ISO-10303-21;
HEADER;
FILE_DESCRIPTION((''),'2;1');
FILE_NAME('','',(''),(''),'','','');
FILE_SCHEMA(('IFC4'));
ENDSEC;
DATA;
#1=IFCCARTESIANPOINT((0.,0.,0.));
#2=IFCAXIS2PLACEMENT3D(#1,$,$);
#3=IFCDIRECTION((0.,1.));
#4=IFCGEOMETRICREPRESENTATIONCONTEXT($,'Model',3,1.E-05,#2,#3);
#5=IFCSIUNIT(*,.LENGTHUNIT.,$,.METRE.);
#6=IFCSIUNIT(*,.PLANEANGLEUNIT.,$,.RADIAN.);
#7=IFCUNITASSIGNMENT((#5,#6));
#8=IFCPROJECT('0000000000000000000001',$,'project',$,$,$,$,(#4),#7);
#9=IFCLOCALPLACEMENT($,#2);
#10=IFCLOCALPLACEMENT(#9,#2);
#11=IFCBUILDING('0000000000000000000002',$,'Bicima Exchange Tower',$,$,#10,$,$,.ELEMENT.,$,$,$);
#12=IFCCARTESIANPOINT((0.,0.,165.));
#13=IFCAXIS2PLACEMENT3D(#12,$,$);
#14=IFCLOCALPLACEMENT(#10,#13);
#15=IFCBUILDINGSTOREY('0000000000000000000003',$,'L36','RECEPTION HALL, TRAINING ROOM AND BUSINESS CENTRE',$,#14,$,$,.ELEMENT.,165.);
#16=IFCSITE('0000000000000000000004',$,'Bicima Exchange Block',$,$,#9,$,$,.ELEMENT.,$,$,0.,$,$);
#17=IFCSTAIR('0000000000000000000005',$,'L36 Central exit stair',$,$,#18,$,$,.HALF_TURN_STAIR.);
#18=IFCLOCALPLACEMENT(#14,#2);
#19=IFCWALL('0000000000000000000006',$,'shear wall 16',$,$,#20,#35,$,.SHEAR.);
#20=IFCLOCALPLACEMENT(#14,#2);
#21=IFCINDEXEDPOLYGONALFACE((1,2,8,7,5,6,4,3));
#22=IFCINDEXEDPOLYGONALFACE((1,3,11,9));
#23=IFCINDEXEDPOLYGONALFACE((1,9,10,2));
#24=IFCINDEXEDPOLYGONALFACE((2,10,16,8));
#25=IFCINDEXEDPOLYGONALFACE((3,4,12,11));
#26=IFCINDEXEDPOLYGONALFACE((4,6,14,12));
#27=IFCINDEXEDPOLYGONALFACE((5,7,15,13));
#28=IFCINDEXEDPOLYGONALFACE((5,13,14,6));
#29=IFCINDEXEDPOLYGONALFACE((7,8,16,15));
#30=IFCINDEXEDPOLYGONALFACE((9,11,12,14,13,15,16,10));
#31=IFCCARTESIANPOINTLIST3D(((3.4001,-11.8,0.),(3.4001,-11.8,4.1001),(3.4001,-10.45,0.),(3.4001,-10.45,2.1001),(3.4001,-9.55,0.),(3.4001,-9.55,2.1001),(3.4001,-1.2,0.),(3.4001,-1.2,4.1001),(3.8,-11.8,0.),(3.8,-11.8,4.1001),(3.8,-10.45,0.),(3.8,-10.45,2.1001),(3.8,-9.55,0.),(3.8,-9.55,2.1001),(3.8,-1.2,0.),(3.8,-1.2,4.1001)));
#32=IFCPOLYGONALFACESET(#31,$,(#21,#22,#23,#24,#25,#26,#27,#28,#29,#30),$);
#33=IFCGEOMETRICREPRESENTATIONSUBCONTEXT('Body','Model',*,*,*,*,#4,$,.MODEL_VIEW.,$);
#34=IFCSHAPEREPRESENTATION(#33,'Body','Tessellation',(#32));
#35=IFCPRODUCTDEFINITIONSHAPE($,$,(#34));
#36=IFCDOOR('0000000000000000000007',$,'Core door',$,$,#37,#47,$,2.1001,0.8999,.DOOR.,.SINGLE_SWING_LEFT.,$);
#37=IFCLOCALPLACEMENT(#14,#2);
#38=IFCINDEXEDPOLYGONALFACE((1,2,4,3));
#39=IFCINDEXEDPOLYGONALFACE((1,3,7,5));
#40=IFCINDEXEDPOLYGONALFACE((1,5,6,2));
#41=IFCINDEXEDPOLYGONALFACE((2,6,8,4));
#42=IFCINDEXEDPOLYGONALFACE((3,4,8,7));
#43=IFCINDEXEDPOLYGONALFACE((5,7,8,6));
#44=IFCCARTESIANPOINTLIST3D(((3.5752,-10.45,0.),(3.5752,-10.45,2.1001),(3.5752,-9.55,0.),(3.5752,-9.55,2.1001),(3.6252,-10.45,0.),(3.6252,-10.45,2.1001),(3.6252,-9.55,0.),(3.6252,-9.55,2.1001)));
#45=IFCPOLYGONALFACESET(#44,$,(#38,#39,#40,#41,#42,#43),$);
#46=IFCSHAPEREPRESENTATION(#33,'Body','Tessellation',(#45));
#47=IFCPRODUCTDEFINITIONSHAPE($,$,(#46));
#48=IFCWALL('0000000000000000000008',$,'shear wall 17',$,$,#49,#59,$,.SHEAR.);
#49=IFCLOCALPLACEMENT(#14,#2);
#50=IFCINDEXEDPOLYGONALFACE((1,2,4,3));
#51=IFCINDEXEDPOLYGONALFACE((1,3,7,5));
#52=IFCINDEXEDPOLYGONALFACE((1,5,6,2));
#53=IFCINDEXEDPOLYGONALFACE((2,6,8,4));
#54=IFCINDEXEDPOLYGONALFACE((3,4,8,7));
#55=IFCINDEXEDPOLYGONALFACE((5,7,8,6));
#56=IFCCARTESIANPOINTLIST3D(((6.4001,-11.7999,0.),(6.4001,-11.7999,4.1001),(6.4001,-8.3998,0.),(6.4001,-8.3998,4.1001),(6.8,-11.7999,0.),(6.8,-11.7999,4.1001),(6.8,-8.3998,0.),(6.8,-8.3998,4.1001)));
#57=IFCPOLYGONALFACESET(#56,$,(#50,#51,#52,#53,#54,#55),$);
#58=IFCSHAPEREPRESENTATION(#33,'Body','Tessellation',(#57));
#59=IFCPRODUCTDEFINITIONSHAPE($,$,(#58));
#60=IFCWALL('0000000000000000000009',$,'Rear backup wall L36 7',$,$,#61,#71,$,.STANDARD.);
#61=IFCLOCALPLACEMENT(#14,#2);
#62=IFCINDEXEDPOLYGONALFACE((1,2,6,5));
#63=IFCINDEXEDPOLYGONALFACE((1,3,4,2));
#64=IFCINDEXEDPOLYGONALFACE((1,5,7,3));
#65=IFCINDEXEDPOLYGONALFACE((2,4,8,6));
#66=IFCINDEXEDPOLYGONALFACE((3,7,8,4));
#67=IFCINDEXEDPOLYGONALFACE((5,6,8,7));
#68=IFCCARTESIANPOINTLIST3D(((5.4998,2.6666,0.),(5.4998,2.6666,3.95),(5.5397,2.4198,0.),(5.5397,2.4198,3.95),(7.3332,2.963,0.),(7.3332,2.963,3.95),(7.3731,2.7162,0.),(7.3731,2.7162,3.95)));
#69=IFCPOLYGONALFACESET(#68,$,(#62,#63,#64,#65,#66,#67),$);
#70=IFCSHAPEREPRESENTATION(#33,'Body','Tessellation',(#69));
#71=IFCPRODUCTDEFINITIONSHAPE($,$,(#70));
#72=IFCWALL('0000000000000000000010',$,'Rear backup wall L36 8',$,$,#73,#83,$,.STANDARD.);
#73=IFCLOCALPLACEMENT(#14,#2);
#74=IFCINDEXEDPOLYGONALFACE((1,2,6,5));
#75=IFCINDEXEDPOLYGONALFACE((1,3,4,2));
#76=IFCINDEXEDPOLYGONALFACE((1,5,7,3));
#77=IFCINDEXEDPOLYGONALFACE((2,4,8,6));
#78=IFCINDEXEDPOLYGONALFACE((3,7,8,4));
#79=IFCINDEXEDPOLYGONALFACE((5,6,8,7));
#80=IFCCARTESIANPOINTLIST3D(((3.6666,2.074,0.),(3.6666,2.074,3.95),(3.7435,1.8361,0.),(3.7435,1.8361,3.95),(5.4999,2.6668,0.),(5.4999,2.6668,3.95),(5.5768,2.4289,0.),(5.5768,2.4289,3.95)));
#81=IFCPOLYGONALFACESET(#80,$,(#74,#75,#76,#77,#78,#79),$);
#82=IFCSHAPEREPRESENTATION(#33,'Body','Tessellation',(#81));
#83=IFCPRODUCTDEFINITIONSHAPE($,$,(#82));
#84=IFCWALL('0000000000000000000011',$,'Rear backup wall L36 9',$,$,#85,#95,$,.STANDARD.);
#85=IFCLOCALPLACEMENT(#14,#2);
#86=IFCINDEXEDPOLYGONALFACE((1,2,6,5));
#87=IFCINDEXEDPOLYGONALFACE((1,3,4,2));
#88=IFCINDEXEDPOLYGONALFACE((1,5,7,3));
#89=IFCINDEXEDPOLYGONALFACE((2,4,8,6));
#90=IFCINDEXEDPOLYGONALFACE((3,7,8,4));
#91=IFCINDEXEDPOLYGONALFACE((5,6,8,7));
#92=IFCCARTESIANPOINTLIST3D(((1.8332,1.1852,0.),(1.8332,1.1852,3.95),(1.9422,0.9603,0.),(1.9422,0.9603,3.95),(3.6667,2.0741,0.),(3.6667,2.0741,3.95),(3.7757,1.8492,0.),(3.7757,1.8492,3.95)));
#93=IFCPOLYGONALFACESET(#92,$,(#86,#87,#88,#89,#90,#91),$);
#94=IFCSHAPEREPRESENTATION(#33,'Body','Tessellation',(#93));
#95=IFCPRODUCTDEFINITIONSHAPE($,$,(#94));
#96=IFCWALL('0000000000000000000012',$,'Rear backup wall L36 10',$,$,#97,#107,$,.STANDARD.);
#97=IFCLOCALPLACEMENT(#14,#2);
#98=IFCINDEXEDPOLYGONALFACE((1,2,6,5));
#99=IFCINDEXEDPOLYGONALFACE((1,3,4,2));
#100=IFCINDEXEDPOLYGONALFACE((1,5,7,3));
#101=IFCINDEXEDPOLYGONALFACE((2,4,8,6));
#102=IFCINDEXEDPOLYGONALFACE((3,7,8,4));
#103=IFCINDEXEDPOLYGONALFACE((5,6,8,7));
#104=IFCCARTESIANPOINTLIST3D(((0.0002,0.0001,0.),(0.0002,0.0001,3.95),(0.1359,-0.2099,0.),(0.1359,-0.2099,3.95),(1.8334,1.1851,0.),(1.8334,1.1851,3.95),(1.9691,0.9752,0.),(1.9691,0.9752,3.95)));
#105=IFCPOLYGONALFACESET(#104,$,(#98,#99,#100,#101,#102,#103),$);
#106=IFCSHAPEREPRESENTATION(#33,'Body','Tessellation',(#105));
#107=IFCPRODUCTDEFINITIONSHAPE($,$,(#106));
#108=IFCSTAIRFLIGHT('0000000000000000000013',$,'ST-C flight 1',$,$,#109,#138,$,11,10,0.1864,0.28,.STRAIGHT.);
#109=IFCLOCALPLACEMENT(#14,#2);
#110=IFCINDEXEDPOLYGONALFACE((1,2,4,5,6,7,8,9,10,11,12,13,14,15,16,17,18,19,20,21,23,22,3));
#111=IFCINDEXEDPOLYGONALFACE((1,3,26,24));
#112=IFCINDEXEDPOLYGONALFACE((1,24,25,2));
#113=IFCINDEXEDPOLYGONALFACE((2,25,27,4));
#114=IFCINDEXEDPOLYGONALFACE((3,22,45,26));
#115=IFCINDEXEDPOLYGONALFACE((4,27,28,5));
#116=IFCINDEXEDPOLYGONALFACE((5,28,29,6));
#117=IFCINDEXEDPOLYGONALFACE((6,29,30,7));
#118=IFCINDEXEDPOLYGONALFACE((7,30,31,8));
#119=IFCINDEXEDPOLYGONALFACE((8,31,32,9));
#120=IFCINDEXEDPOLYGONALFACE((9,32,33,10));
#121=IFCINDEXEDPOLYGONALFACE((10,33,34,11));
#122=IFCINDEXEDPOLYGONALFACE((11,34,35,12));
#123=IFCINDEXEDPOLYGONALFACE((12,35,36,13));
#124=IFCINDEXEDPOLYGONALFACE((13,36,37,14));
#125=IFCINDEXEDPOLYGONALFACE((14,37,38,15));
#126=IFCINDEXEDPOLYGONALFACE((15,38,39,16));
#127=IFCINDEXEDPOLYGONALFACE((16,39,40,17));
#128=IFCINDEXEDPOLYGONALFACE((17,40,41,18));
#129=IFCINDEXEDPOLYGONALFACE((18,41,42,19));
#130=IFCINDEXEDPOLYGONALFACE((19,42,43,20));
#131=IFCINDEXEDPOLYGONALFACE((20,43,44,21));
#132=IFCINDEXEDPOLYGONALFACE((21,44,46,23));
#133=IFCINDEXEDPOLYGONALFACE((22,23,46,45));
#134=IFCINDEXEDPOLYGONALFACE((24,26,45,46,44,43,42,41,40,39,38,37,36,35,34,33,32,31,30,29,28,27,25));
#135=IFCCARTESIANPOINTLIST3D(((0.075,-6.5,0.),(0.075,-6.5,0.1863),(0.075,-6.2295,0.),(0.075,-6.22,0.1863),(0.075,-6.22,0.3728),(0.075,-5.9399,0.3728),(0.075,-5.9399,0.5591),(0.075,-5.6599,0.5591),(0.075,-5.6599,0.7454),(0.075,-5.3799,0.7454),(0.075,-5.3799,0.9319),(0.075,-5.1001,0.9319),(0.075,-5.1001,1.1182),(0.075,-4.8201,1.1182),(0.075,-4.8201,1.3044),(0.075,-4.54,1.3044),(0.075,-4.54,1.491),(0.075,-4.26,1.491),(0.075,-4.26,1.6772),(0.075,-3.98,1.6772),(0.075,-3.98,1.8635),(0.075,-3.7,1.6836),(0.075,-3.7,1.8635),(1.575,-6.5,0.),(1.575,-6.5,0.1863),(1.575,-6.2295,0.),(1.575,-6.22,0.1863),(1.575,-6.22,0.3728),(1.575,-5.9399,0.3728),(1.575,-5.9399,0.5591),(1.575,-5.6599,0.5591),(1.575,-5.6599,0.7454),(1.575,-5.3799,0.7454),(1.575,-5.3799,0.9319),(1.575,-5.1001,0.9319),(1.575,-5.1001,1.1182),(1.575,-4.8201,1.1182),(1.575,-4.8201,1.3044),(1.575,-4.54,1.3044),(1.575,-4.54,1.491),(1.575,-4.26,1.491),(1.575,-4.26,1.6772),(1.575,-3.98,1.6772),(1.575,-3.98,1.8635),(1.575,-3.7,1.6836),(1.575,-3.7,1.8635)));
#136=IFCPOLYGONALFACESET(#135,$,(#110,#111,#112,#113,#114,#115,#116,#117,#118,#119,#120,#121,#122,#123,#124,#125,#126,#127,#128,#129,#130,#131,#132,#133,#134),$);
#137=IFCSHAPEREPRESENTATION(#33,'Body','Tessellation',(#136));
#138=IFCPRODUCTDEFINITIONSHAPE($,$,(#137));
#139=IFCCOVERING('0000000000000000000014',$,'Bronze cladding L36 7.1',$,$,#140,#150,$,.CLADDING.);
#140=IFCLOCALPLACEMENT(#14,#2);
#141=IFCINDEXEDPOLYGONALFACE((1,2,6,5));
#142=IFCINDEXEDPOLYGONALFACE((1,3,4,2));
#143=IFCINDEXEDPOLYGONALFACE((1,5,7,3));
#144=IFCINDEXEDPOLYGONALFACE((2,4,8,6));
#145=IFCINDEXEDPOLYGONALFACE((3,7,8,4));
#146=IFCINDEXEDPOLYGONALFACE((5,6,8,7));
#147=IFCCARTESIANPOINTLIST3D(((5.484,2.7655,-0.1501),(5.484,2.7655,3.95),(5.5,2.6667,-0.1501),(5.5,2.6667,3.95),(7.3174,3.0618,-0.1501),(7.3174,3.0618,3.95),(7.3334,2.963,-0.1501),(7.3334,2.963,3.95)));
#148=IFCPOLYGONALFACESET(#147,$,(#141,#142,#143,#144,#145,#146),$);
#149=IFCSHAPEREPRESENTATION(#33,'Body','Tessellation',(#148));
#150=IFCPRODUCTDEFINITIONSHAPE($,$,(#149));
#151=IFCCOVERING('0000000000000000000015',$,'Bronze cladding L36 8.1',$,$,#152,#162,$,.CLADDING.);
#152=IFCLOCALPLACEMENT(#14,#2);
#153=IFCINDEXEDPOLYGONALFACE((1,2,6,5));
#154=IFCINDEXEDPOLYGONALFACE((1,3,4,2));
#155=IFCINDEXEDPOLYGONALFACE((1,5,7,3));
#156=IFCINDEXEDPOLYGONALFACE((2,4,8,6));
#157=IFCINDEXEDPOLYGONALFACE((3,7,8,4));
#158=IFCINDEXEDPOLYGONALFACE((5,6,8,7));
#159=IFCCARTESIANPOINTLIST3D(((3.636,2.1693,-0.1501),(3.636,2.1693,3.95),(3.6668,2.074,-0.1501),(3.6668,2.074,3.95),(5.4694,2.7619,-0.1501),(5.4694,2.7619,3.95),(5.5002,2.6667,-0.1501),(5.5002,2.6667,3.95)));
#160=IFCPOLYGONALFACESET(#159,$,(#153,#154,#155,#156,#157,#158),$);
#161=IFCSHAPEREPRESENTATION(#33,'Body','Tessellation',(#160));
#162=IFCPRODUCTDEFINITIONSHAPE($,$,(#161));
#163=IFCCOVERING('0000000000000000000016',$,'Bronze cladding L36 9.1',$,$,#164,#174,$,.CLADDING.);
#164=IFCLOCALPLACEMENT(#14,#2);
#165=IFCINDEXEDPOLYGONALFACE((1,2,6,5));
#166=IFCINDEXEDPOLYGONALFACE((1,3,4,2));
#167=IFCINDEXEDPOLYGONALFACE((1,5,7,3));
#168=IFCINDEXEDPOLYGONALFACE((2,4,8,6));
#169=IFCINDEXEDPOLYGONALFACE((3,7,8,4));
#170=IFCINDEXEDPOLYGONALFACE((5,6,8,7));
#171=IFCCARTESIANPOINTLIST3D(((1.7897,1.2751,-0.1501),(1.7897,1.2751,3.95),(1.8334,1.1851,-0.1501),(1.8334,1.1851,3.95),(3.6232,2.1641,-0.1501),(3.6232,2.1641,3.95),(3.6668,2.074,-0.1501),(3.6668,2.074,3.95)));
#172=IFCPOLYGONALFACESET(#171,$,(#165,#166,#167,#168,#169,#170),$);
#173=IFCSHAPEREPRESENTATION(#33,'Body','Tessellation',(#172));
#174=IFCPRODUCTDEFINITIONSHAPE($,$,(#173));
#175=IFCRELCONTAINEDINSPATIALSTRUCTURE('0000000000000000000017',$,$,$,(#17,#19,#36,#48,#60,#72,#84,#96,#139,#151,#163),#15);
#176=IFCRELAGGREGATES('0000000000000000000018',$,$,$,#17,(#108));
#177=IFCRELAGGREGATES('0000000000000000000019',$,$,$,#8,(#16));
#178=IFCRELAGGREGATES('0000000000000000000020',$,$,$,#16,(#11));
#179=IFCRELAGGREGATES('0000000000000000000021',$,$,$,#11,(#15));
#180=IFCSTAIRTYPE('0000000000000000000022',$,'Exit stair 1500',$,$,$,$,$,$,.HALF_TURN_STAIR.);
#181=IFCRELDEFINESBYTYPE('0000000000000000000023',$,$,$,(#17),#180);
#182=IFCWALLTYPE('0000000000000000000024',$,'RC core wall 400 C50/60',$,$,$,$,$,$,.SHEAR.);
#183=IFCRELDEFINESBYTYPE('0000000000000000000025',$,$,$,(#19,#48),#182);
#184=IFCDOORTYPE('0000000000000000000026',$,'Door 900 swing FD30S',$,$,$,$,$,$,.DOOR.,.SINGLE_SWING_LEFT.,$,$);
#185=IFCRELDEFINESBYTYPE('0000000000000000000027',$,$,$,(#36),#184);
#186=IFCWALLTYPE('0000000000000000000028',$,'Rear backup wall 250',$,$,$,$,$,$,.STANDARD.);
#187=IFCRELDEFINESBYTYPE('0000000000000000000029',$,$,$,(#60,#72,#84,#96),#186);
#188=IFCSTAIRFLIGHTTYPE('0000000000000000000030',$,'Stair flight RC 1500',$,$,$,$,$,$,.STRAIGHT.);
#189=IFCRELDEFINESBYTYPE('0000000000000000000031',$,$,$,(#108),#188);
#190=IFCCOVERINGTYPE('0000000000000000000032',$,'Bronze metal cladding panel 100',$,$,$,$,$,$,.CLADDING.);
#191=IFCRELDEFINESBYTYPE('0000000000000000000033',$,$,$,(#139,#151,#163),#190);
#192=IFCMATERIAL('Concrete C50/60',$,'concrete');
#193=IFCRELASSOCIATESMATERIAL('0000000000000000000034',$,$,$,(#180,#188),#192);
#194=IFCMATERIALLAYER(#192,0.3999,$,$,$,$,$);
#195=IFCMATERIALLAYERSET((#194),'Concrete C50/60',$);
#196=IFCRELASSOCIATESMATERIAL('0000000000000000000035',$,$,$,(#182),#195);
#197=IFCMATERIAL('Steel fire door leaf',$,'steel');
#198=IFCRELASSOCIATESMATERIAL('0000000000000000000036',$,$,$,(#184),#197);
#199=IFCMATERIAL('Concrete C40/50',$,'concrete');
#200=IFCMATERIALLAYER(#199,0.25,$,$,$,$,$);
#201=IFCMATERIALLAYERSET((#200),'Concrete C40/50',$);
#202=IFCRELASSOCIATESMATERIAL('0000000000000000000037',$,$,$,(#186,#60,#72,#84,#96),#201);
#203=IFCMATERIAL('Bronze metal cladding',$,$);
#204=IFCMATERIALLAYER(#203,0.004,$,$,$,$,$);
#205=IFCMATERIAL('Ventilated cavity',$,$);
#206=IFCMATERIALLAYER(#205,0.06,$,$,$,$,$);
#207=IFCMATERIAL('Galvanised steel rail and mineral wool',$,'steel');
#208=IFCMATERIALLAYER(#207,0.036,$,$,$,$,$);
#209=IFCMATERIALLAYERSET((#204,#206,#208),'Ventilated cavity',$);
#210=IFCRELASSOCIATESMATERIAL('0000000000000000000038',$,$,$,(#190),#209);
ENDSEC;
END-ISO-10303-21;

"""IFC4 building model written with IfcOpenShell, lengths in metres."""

from ifc_helpers import new_model, si_unit, direction, frame, frame_2d, origin, origin_2d, place, context, subcontext, project, spatial, polyline, rectangle, outline, extrude, material, layer, layer_set, layer_usage, type_object, element, fill, aggregate, save


model = new_model("IFC4")

# Units and contexts
model_context = context("Model", 3, precision=1e-05, world=origin(), true_north=direction((0.0, 1.0)))
body_context = subcontext(model_context, "Body", "Model", "MODEL_VIEW")
ifc_project = project(units=[si_unit("LENGTHUNIT", "METRE"), si_unit("PLANEANGLEUNIT", "RADIAN")], contexts=[model_context])

# Site, building, storey
site_placement = place(None, origin())
site = spatial("IfcSite", under=ifc_project, at=site_placement, Name="Bicima Exchange Block", CompositionType="ELEMENT", RefElevation=0.0)
building_placement = place(site_placement, origin())
building = spatial("IfcBuilding", under=site, at=building_placement, Name="Bicima Exchange Tower", CompositionType="ELEMENT")
storey_placement = place(building_placement, frame((0.0, 0.0, 165.0)))
storey = spatial("IfcBuildingStorey", under=building, at=storey_placement, Name="L36", Description="RECEPTION HALL, TRAINING ROOM AND BUSINESS CENTRE", CompositionType="ELEMENT", Elevation=165.0)

# Stair
ifc_material_1 = material(Name="Concrete C50/60", Category="concrete")
stair_type_1 = type_object("IfcStairType", Name="Exit stair 1500", PredefinedType="HALF_TURN_STAIR", material=ifc_material_1)
stair_1_placement = place(storey_placement, origin())
stair_1 = element("IfcStair", 1, at=stair_1_placement, inside=storey, type_object=stair_type_1, Name="L36 Central exit stair", PredefinedType="HALF_TURN_STAIR")

# Shared definitions
ifc_layer_1 = layer(ifc_material_1, 0.3999)
ifc_layer_set_1 = layer_set([ifc_layer_1], Name="Concrete C50/60")
wall_type_1 = type_object("IfcWallType", Name="RC core wall 400 C50/60", PredefinedType="SHEAR", material=ifc_layer_set_1)

# Shared definitions
ifc_material_2 = material(Name="Steel fire door leaf", Category="steel")
door_type_1 = type_object("IfcDoorType", Name="Door 900 swing FD30S", OperationType="SINGLE_SWING_LEFT", PredefinedType="DOOR", material=ifc_material_2)

# Wall, opening, door
wall_1_placement = place(storey_placement, frame((3.6001, -11.8, 0.0), z_axis=(0.0, 0.0, 1.0), x_axis=(0.0, 1.0, 0.0)))
wall_1 = element("IfcWall", 2, at=wall_1_placement, inside=storey, type_object=wall_type_1, Name="shear wall 16", PredefinedType="SHEAR", context=body_context, shape_type="SweptSolid", body=[
    extrude(rectangle(XDim=10.6001, YDim=0.3999, at=frame_2d((5.3, 0.0))), origin(), (0.0, 0.0, 1.0), 4.1001),
])
opening_1_placement = place(wall_1_placement, frame((1.3501, 0.0, 0.0)))
opening_1 = element("IfcOpeningElement", 3, at=opening_1_placement, cuts=wall_1, PredefinedType="OPENING", context=body_context, shape_type="SweptSolid", body=[
    extrude(rectangle(XDim=0.8999, YDim=2.1001, at=frame_2d((0.45, 1.05))), frame((0.0, 0.2119, 0.0), z_axis=(0.0, -1.0, 0.0), x_axis=(1.0, 0.0, 0.0)), (0.0, 0.0, 1.0), 0.4238),
])
door_1_placement = place(opening_1_placement, origin())
door_1 = element("IfcDoor", 4, at=door_1_placement, inside=storey, type_object=door_type_1, Name="Core door", OperationType="SINGLE_SWING_LEFT", OverallHeight=2.1001, OverallWidth=0.8999, PredefinedType="DOOR", context=body_context, shape_type="SweptSolid", body=[
    extrude(rectangle(XDim=0.8999, YDim=2.1001, at=frame_2d((0.45, 1.05))), frame((0.0, 0.0249, 0.0), z_axis=(0.0, -1.0, 0.0), x_axis=(1.0, 0.0, 0.0)), (0.0, 0.0, 1.0), 0.05),
])
fill(opening_1, door_1)

# Walls
wall_2_placement = place(storey_placement, frame((6.6001, -11.8, 0.0), z_axis=(0.0, 0.0, 1.0), x_axis=(0.0, 1.0, 0.0)))
element("IfcWall", 5, at=wall_2_placement, inside=storey, type_object=wall_type_1, Name="shear wall 17", PredefinedType="SHEAR", context=body_context, shape_type="SweptSolid", body=[
    extrude(rectangle(XDim=3.4001, YDim=0.3999, at=frame_2d((1.7002, 0.0))), origin(), (0.0, 0.0, 1.0), 4.1001),
])
ifc_material_3 = material(Name="Concrete C40/50", Category="concrete")
ifc_layer_2 = layer(ifc_material_3, 0.25)
ifc_layer_set_2 = layer_set([ifc_layer_2], Name="Concrete C40/50")
ifc_layer_usage = layer_usage(ifc_layer_set_2, "AXIS2", "POSITIVE", -0.125)
wall_type_2 = type_object("IfcWallType", Name="Rear backup wall 250", PredefinedType="STANDARD", material=ifc_layer_set_2)
wall_3_placement = place(storey_placement, frame((7.3533, 2.8396, 0.0), z_axis=(0.0, 0.0, 1.0), x_axis=(-0.987182, -0.1596, 0.0)))
element("IfcWall", 6, at=wall_3_placement, inside=storey, type_object=wall_type_2, material=ifc_layer_usage, Name="Rear backup wall L36 7", PredefinedType="STANDARD", context=body_context, shape_type="SweptSolid", body=[
    extrude(rectangle(XDim=1.8572, YDim=0.25, at=frame_2d((0.9287, 0.0))), origin(), (0.0, 0.0, 1.0), 3.95),
])
wall_4_placement = place(storey_placement, frame((5.5383, 2.5479, 0.0), z_axis=(0.0, 0.0, 1.0), x_axis=(-0.951496, -0.307662, 0.0)))
element("IfcWall", 7, at=wall_4_placement, inside=storey, type_object=wall_type_2, material=ifc_layer_usage, Name="Rear backup wall L36 8", PredefinedType="STANDARD", context=body_context, shape_type="SweptSolid", body=[
    extrude(rectangle(XDim=1.9268, YDim=0.25, at=frame_2d((0.9634, 0.0))), origin(), (0.0, 0.0, 1.0), 3.95),
])
wall_5_placement = place(storey_placement, frame((3.7212, 1.9617, 0.0), z_axis=(0.0, 0.0, 1.0), x_axis=(-0.899824, -0.436253, 0.0)))
element("IfcWall", 8, at=wall_5_placement, inside=storey, type_object=wall_type_2, material=ifc_layer_usage, Name="Rear backup wall L36 9", PredefinedType="STANDARD", context=body_context, shape_type="SweptSolid", body=[
    extrude(rectangle(XDim=2.0376, YDim=0.25, at=frame_2d((1.0188, 0.0))), origin(), (0.0, 0.0, 1.0), 3.95),
])
wall_6_placement = place(storey_placement, frame((1.9011, 1.0801, 0.0), z_axis=(0.0, 0.0, 1.0), x_axis=(-0.839813, -0.542876, 0.0)))
element("IfcWall", 9, at=wall_6_placement, inside=storey, type_object=wall_type_2, material=ifc_layer_usage, Name="Rear backup wall L36 10", PredefinedType="STANDARD", context=body_context, shape_type="SweptSolid", body=[
    extrude(rectangle(XDim=2.1829, YDim=0.25, at=frame_2d((1.0913, 0.0))), origin(), (0.0, 0.0, 1.0), 3.95),
])

# Stair flight
stair_flight_type = type_object("IfcStairFlightType", Name="Stair flight RC 1500", PredefinedType="STRAIGHT", material=ifc_material_1)
stair_flight_placement = place(storey_placement, frame((0.825, -6.5, 0.0), z_axis=(0.0, 0.0, 1.0), x_axis=(0.0, 1.0, 0.0)))
stair_flight = element("IfcStairFlight", 10, at=stair_flight_placement, type_object=stair_flight_type, Name="ST-C flight 1", NumberOfRisers=11, NumberOfTreads=10, PredefinedType="STRAIGHT", RiserHeight=0.1864, TreadLength=0.28, context=body_context, shape_type="SweptSolid", body=[
    extrude(outline(polyline([(0.0, 0.0), (0.0, 0.1863), (0.28, 0.1863), (0.28, 0.3728), (0.5601, 0.3728), (0.5601, 0.5591), (0.8401, 0.5591), (0.8401, 0.7454), (1.1201, 0.7454), (1.1201, 0.9319), (1.3999, 0.9319), (1.3999, 1.1182), (1.6799, 1.1182), (1.6799, 1.3044), (1.96, 1.3044), (1.96, 1.491), (2.24, 1.491), (2.24, 1.6772), (2.52, 1.6772), (2.52, 1.8635), (2.8, 1.8635), (2.8, 2.05), (2.8, 1.6836), (0.2705, 0.0), (0.0, 0.0)])), frame((0.0, 0.75, 0.0), z_axis=(0.0, -1.0, 0.0), x_axis=(1.0, 0.0, 0.0)), (0.0, 0.0, 1.0), 1.5),
])
aggregate(stair_1, [stair_flight])

# Coverings
ifc_material_4 = material(Name="Bronze metal cladding")
ifc_layer_3 = layer(ifc_material_4, 0.004)
ifc_material_5 = material(Name="Ventilated cavity")
ifc_layer_4 = layer(ifc_material_5, 0.06)
ifc_material_6 = material(Name="Galvanised steel rail and mineral wool", Category="steel")
ifc_layer_5 = layer(ifc_material_6, 0.036)
ifc_layer_set_3 = layer_set([ifc_layer_3, ifc_layer_4, ifc_layer_5], Name="Ventilated cavity")
covering_type = type_object("IfcCoveringType", Name="Bronze metal cladding panel 100", PredefinedType="CLADDING", material=ifc_layer_set_3)
covering_1_placement = place(storey_placement, frame((6.4087, 2.8643, -0.1501), z_axis=(0.0, 0.0, 1.0), x_axis=(-0.98719, -0.15955, 0.0)))
element("IfcCovering", 11, at=covering_1_placement, inside=storey, type_object=covering_type, Name="Bronze cladding L36 7.1", PredefinedType="CLADDING", context=body_context, shape_type="SweptSolid", body=[
    extrude(rectangle(XDim=1.8572, YDim=0.1001, at=origin_2d()), origin(), (0.0, 0.0, 1.0), 4.1001),
])
covering_2_placement = place(storey_placement, frame((4.5681, 2.418, -0.1501), z_axis=(0.0, 0.0, 1.0), x_axis=(-0.951525, -0.307573, 0.0)))
element("IfcCovering", 12, at=covering_2_placement, inside=storey, type_object=covering_type, Name="Bronze cladding L36 8.1", PredefinedType="CLADDING", context=body_context, shape_type="SweptSolid", body=[
    extrude(rectangle(XDim=1.9268, YDim=0.1001, at=origin_2d()), origin(), (0.0, 0.0, 1.0), 4.1001),
])
covering_3_placement = place(storey_placement, frame((2.7283, 1.6746, -0.1501), z_axis=(0.0, 0.0, 1.0), x_axis=(-0.899818, -0.436265, 0.0)))
element("IfcCovering", 13, at=covering_3_placement, inside=storey, type_object=covering_type, Name="Bronze cladding L36 9.1", PredefinedType="CLADDING", context=body_context, shape_type="SweptSolid", body=[
    extrude(rectangle(XDim=2.0376, YDim=0.1001, at=origin_2d()), origin(), (0.0, 0.0, 1.0), 4.1001),
])

save(model, "model.ifc")
